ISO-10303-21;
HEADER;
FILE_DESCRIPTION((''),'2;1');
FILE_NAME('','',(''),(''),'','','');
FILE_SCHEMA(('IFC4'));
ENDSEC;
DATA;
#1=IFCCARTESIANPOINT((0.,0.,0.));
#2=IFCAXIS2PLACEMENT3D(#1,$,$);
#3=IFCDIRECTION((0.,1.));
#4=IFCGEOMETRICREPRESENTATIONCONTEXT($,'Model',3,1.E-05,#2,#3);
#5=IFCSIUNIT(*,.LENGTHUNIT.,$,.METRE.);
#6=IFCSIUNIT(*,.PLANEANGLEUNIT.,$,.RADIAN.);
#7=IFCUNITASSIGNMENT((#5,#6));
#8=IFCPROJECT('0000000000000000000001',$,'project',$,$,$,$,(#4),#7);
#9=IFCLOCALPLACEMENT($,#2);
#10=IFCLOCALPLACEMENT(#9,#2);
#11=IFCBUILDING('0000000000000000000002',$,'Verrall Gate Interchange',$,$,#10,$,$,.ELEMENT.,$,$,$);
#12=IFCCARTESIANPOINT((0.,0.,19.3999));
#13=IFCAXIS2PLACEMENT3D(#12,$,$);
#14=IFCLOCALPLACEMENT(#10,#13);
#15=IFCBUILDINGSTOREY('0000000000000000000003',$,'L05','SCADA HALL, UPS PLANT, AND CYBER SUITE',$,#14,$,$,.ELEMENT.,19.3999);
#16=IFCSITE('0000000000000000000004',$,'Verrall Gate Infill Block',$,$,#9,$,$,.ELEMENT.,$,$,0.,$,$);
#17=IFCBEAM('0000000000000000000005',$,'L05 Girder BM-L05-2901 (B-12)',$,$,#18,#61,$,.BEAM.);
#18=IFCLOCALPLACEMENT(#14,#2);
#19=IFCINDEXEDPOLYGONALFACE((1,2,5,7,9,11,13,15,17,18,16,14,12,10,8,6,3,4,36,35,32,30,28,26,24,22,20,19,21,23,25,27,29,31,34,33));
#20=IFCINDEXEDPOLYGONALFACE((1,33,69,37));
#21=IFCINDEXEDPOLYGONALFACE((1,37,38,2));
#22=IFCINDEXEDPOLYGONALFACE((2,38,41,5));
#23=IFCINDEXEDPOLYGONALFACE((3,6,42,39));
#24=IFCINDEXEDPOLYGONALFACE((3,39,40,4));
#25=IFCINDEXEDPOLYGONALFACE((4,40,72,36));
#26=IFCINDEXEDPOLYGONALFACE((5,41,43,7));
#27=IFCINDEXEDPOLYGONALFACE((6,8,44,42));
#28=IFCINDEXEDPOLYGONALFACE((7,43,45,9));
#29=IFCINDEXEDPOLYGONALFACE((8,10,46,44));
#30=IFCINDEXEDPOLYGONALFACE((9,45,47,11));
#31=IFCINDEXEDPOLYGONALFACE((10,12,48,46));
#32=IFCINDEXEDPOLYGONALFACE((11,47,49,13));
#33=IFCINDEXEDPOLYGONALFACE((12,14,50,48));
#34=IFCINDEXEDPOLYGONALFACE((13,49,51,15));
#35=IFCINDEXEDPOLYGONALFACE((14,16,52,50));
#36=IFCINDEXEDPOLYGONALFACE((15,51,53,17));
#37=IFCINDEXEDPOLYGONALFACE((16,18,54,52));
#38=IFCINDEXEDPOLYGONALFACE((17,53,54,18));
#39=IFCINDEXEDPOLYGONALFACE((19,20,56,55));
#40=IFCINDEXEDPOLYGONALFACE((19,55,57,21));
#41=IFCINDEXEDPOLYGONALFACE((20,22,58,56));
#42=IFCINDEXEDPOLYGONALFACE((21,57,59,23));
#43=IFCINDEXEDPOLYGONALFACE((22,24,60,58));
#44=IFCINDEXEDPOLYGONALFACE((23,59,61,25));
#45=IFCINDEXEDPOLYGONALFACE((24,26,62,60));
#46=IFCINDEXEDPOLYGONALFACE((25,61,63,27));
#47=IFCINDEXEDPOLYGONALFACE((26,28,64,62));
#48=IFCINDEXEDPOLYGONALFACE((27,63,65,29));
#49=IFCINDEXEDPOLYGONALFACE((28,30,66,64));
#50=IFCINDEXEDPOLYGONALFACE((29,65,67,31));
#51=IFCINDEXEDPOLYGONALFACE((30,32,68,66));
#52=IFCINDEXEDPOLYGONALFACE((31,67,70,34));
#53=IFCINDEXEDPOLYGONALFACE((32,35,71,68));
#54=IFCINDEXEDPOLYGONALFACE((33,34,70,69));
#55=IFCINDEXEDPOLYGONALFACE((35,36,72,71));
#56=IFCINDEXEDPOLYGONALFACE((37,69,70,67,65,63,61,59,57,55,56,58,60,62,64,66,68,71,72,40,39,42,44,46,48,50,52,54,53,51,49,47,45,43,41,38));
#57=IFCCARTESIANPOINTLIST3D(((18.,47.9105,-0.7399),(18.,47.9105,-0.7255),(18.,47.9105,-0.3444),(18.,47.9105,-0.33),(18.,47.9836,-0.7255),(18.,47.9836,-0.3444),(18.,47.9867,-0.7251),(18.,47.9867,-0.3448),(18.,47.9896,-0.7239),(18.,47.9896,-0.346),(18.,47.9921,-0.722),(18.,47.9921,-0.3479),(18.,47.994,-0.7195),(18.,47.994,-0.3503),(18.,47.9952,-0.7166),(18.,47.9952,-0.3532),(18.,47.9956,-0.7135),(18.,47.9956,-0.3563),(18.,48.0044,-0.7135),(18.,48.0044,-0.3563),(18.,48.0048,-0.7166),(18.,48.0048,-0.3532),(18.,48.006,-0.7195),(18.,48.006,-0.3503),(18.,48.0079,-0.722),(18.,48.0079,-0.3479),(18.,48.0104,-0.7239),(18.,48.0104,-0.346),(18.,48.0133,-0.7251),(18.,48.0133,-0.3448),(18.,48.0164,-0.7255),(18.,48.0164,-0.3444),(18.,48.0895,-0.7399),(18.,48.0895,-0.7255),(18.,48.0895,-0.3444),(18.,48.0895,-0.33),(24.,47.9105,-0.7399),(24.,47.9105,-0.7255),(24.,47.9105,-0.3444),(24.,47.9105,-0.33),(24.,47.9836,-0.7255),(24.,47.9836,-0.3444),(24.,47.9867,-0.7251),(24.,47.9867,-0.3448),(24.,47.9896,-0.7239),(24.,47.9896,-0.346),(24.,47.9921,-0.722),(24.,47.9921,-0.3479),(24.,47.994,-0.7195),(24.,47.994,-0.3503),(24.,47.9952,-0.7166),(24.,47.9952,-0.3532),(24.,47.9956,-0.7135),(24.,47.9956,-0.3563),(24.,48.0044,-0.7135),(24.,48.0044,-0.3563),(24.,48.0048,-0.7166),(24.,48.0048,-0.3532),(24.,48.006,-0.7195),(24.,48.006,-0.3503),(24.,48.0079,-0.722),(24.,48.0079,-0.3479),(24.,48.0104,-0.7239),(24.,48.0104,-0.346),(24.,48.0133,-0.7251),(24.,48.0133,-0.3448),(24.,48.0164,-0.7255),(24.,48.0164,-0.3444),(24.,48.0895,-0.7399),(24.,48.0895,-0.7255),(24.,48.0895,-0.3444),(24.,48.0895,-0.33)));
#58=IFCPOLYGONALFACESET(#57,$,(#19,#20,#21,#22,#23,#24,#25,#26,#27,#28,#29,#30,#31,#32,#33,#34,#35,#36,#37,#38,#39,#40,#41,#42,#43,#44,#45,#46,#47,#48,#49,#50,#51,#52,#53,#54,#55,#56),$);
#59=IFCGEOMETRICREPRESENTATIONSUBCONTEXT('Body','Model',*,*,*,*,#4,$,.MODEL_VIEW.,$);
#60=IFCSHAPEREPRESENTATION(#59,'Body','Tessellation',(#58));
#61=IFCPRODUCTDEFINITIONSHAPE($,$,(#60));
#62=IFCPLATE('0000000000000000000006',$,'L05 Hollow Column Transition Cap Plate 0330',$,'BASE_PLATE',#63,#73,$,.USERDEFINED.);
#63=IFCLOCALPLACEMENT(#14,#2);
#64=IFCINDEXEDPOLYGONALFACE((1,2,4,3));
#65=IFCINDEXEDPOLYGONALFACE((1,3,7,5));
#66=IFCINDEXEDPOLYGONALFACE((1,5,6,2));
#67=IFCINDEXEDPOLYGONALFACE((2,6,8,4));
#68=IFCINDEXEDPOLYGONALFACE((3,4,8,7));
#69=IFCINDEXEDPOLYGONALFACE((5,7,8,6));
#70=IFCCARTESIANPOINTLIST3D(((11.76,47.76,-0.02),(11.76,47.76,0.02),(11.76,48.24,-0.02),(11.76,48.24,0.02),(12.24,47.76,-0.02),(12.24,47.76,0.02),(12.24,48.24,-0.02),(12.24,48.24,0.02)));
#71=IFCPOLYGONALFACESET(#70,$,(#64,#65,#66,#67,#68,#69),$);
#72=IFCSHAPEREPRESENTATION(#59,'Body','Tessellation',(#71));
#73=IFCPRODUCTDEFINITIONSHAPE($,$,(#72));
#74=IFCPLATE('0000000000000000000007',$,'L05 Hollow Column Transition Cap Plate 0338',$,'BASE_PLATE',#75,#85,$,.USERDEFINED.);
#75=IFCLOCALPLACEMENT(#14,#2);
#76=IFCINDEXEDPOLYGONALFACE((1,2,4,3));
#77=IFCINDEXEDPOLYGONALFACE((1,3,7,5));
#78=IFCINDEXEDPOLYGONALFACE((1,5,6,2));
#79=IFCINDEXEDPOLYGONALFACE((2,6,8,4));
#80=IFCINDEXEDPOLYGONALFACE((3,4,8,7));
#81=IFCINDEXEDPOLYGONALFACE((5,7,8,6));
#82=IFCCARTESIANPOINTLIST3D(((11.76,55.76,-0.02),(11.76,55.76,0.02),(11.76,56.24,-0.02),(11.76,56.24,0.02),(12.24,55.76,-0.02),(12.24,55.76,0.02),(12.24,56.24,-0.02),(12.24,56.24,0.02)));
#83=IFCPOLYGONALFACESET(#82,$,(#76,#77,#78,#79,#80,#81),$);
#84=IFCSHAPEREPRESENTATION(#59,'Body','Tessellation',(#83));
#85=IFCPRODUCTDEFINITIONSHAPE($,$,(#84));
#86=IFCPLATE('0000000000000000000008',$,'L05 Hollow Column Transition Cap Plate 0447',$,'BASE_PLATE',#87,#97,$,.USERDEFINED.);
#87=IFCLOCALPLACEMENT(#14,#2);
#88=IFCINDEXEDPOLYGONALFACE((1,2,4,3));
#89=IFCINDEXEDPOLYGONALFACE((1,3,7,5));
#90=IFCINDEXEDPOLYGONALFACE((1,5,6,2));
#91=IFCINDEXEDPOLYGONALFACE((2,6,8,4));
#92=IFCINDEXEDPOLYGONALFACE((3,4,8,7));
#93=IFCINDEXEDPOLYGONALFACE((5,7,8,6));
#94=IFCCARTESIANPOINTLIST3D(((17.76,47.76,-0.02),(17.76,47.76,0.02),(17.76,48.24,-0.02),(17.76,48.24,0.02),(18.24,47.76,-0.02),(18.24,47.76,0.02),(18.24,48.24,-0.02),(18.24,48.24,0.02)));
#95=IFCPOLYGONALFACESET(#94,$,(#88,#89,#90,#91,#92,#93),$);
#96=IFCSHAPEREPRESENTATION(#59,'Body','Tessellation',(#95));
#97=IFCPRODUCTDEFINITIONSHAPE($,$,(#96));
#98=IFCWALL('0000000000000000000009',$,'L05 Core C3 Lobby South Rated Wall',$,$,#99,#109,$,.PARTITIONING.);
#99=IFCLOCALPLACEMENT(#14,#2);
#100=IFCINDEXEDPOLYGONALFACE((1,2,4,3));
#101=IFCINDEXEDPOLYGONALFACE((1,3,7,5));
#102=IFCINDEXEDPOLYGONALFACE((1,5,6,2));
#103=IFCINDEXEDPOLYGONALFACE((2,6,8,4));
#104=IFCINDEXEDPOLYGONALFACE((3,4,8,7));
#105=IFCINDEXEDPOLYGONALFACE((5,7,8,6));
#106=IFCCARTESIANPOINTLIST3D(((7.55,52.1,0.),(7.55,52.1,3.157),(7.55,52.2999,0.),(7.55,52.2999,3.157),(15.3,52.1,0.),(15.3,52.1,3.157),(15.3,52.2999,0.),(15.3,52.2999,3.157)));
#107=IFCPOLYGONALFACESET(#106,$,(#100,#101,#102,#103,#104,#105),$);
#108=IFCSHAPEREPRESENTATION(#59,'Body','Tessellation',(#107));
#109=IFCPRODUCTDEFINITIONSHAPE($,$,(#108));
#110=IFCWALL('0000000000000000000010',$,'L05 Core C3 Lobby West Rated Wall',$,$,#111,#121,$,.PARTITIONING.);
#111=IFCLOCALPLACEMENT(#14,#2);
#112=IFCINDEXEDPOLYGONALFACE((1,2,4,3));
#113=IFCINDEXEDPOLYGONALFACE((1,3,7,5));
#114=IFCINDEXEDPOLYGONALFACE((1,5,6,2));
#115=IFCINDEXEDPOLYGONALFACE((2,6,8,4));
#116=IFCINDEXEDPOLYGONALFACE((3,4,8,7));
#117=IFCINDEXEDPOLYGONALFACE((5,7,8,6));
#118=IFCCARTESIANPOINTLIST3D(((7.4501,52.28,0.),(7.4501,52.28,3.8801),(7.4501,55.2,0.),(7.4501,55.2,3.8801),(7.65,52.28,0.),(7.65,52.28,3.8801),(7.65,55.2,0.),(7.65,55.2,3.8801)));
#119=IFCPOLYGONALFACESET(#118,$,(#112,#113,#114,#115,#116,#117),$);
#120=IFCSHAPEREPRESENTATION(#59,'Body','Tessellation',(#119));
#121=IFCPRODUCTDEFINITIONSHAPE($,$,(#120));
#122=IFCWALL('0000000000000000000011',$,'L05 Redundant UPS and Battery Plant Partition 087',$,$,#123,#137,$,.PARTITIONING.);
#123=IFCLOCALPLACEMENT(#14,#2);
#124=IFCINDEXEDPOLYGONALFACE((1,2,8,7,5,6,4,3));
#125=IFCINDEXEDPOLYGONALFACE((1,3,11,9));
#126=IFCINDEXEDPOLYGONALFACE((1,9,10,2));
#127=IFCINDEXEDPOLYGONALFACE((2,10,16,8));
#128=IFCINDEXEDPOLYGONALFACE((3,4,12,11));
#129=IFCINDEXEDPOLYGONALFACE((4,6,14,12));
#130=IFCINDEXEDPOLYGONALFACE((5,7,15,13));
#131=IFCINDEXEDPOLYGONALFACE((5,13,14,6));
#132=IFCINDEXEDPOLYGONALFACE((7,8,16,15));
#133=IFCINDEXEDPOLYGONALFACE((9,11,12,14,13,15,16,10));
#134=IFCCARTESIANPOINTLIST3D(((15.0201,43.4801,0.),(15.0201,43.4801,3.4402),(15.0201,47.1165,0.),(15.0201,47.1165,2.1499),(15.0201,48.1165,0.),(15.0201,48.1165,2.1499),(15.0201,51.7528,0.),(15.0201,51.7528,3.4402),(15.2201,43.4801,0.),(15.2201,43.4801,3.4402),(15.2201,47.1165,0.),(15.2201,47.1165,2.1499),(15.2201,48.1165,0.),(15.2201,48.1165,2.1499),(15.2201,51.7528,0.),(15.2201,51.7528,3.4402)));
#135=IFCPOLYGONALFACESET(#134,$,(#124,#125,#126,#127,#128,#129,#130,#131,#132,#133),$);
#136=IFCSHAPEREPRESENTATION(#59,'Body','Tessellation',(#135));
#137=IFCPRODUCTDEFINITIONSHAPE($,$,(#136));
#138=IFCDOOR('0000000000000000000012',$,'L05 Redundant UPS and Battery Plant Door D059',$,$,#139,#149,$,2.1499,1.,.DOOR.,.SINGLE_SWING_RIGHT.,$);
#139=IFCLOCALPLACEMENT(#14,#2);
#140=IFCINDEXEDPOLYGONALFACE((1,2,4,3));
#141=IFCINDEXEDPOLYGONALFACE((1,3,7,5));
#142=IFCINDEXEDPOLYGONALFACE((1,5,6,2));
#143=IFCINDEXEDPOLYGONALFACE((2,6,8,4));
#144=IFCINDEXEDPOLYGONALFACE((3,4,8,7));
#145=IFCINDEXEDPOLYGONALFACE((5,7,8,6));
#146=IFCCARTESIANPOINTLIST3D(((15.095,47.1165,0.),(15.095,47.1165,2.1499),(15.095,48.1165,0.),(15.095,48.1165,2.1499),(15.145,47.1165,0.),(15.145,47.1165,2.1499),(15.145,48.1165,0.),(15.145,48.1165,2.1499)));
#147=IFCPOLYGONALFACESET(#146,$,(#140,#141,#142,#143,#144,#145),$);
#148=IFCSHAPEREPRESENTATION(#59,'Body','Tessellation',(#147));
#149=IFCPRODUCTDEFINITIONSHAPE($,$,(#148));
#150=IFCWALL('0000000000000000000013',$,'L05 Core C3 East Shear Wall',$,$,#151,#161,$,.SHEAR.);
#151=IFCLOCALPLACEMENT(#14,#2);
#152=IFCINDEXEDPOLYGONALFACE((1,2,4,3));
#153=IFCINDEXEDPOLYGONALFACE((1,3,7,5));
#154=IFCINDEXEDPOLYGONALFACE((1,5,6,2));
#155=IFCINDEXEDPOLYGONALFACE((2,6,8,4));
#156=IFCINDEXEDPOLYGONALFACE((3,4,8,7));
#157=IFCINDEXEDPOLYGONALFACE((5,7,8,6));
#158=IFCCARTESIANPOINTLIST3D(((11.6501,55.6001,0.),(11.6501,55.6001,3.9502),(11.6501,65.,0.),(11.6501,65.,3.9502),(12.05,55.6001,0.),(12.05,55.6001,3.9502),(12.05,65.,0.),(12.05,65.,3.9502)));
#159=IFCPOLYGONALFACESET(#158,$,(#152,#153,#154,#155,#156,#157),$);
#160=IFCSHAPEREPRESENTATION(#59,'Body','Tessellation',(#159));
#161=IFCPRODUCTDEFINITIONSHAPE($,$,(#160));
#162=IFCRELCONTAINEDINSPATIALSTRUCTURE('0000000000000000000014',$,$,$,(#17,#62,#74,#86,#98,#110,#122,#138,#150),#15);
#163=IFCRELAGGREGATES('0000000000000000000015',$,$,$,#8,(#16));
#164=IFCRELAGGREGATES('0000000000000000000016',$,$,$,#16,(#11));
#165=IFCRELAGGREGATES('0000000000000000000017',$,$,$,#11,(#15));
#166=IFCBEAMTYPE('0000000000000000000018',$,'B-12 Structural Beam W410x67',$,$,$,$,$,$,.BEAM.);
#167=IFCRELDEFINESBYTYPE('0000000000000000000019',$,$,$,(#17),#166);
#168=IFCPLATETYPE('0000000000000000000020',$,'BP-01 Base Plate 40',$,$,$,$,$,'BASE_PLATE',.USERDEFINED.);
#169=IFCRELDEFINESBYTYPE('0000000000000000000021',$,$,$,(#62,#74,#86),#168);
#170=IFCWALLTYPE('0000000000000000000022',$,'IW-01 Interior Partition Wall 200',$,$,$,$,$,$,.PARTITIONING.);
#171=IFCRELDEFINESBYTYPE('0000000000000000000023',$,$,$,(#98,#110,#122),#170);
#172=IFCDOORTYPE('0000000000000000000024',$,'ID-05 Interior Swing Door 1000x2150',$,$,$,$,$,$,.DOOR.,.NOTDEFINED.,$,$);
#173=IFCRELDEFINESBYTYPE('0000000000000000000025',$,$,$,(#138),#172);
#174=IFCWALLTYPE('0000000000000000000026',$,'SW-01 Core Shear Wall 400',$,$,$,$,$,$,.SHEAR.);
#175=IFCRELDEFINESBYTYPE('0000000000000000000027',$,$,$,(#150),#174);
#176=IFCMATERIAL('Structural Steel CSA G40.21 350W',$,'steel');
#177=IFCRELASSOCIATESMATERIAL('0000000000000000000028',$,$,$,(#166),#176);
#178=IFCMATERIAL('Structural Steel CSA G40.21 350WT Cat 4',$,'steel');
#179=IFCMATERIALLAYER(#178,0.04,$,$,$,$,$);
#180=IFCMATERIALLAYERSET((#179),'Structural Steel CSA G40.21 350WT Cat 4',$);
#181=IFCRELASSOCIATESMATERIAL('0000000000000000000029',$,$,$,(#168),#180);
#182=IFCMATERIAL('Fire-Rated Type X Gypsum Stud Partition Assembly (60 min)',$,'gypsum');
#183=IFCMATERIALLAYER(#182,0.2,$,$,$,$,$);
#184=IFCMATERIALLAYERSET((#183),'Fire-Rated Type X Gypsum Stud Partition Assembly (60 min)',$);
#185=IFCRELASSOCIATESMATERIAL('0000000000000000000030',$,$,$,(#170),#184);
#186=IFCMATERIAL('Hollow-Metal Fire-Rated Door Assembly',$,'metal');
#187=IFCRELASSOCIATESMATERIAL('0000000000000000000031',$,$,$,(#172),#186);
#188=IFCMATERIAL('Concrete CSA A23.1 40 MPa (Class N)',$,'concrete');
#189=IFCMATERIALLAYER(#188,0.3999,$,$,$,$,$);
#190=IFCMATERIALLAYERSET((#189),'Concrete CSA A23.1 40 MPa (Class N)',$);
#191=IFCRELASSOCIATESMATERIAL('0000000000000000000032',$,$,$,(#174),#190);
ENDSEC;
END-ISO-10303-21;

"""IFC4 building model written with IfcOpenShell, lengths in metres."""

from ifc_helpers import new_model, si_unit, direction, frame, frame_2d, origin, origin_2d, place, context, subcontext, project, spatial, rectangle, i_section, extrude, material, layer, layer_set, material_profile, profile_set, type_object, element, fill, save


model = new_model("IFC4")

# Units and contexts
model_context = context("Model", 3, precision=1e-05, world=origin(), true_north=direction((0.0, 1.0)))
body_context = subcontext(model_context, "Body", "Model", "MODEL_VIEW")
ifc_project = project(units=[si_unit("LENGTHUNIT", "METRE"), si_unit("PLANEANGLEUNIT", "RADIAN")], contexts=[model_context])

# Site, building, storey
site_placement = place(None, origin())
site = spatial("IfcSite", under=ifc_project, at=site_placement, Name="Verrall Gate Infill Block", CompositionType="ELEMENT", RefElevation=0.0)
building_placement = place(site_placement, origin())
building = spatial("IfcBuilding", under=site, at=building_placement, Name="Verrall Gate Interchange", CompositionType="ELEMENT")
storey_placement = place(building_placement, frame((0.0, 0.0, 19.3999)))
storey = spatial("IfcBuildingStorey", under=building, at=storey_placement, Name="L05", Description="SCADA HALL, UPS PLANT, AND CYBER SUITE", CompositionType="ELEMENT", Elevation=19.3999)

# Beam
ifc_material_1 = material(Name="Structural Steel CSA G40.21 350W", Category="steel")
ifc_material_profile_1 = material_profile(ifc_material_1, i_section(OverallWidth=0.179, OverallDepth=0.4099, WebThickness=0.0088, FlangeThickness=0.0144, FilletRadius=0.012, at=origin_2d()), Name="W410x67")
ifc_profile_set_1 = profile_set([ifc_material_profile_1], Name="Structural Steel CSA G40.21 350W")
beam_type_1 = type_object("IfcBeamType", Name="B-12 Structural Beam W410x67", PredefinedType="BEAM", material=ifc_profile_set_1)
beam_1_placement = place(storey_placement, frame((18.0, 48.0, -0.5349), z_axis=(1.0, 0.0, 0.0), x_axis=(0.0, 1.0, 0.0)))
element("IfcBeam", 1, at=beam_1_placement, inside=storey, type_object=beam_type_1, Name="L05 Girder BM-L05-2901 (B-12)", PredefinedType="BEAM", context=body_context, shape_type="SweptSolid", body=[
    extrude(i_section(OverallWidth=0.179, OverallDepth=0.4099, WebThickness=0.0088, FlangeThickness=0.0144, FilletRadius=0.012, at=origin_2d()), origin(), (0.0, 0.0, 1.0), 6.0),
])

# Plates
ifc_material_2 = material(Name="Structural Steel CSA G40.21 350WT Cat 4", Category="steel")
ifc_layer_1 = layer(ifc_material_2, 0.04)
ifc_layer_set_1 = layer_set([ifc_layer_1], Name="Structural Steel CSA G40.21 350WT Cat 4")
plate_type = type_object("IfcPlateType", Name="BP-01 Base Plate 40", ElementType="BASE_PLATE", PredefinedType="USERDEFINED", material=ifc_layer_set_1)
for number, where, z_axis, x_axis, name in (
    (2, (12.0, 48.0, -0.02), (0.0, 0.0, 1.0), (1.0, 0.0, 0.0), "L05 Hollow Column Transition Cap Plate 0330"),
    (3, (12.0, 56.0, -0.02), (0.0, 0.0, 1.0), (1.0, 0.0, 0.0), "L05 Hollow Column Transition Cap Plate 0338"),
    (4, (18.0, 48.0, -0.02), (0.0, 0.0, 1.0), (1.0, 0.0, 0.0), "L05 Hollow Column Transition Cap Plate 0447"),
):
    element("IfcPlate", number, at=place(storey_placement, frame(where, z_axis=z_axis, x_axis=x_axis)), inside=storey, type_object=plate_type, Name=name, ObjectType="BASE_PLATE", PredefinedType="USERDEFINED", context=body_context, shape_type="SweptSolid", body=[
        extrude(rectangle(XDim=0.48, YDim=0.48, at=origin_2d()), origin(), (0.0, 0.0, 1.0), 0.04),
    ])

# Walls
ifc_material_3 = material(Name="Fire-Rated Type X Gypsum Stud Partition Assembly (60 min)", Category="gypsum")
ifc_layer_2 = layer(ifc_material_3, 0.2)
ifc_layer_set_2 = layer_set([ifc_layer_2], Name="Fire-Rated Type X Gypsum Stud Partition Assembly (60 min)")
wall_type_1 = type_object("IfcWallType", Name="IW-01 Interior Partition Wall 200", PredefinedType="PARTITIONING", material=ifc_layer_set_2)
wall_1_placement = place(storey_placement, frame((7.55, 52.2, 0.0), z_axis=(0.0, 0.0, 1.0), x_axis=(1.0, 0.0, 0.0)))
element("IfcWall", 5, at=wall_1_placement, inside=storey, type_object=wall_type_1, Name="L05 Core C3 Lobby South Rated Wall", PredefinedType="PARTITIONING", context=body_context, shape_type="SweptSolid", body=[
    extrude(rectangle(XDim=7.75, YDim=0.2, at=frame_2d((3.875, 0.0))), origin(), (0.0, 0.0, 1.0), 3.157),
])
wall_2_placement = place(storey_placement, frame((7.55, 55.2, 0.0), z_axis=(0.0, 0.0, 1.0), x_axis=(0.0, -1.0, 0.0)))
element("IfcWall", 6, at=wall_2_placement, inside=storey, type_object=wall_type_1, Name="L05 Core C3 Lobby West Rated Wall", PredefinedType="PARTITIONING", context=body_context, shape_type="SweptSolid", body=[
    extrude(rectangle(XDim=2.9199, YDim=0.2, at=frame_2d((1.46, 0.0))), origin(), (0.0, 0.0, 1.0), 3.8801),
])

# Wall, opening, door
wall_3_placement = place(storey_placement, frame((15.1201, 51.7527, 0.0), z_axis=(0.0, 0.0, 1.0), x_axis=(0.0, -1.0, 0.0)))
wall_3 = element("IfcWall", 7, at=wall_3_placement, inside=storey, type_object=wall_type_1, Name="L05 Redundant UPS and Battery Plant Partition 087", PredefinedType="PARTITIONING", context=body_context, shape_type="SweptSolid", body=[
    extrude(rectangle(XDim=8.2727, YDim=0.2, at=frame_2d((4.1362, 0.0))), origin(), (0.0, 0.0, 1.0), 3.4402),
])
opening_1_placement = place(wall_3_placement, frame((3.6362, 0.0, 0.0)))
opening_1 = element("IfcOpeningElement", 8, at=opening_1_placement, cuts=wall_3, PredefinedType="OPENING", context=body_context, shape_type="SweptSolid", body=[
    extrude(rectangle(XDim=1.0, YDim=2.1499, at=frame_2d((0.5, 1.075))), frame((0.0, 0.1147, 0.0), z_axis=(0.0, -1.0, 0.0), x_axis=(1.0, 0.0, 0.0)), (0.0, 0.0, 1.0), 0.2297),
])
ifc_material_4 = material(Name="Hollow-Metal Fire-Rated Door Assembly", Category="metal")
door_type_1 = type_object("IfcDoorType", Name="ID-05 Interior Swing Door 1000x2150", OperationType="NOTDEFINED", PredefinedType="DOOR", material=ifc_material_4)
door_1_placement = place(opening_1_placement, origin())
door_1 = element("IfcDoor", 9, at=door_1_placement, inside=storey, type_object=door_type_1, Name="L05 Redundant UPS and Battery Plant Door D059", OperationType="SINGLE_SWING_RIGHT", OverallHeight=2.1499, OverallWidth=1.0, PredefinedType="DOOR", context=body_context, shape_type="SweptSolid", body=[
    extrude(rectangle(XDim=1.0, YDim=2.1499, at=frame_2d((0.5, 1.075))), frame((0.0, 0.0249, 0.0), z_axis=(0.0, -1.0, 0.0), x_axis=(1.0, 0.0, 0.0)), (0.0, 0.0, 1.0), 0.05),
])
fill(opening_1, door_1)

# Wall
ifc_material_5 = material(Name="Concrete CSA A23.1 40 MPa (Class N)", Category="concrete")
ifc_layer_3 = layer(ifc_material_5, 0.3999)
ifc_layer_set_3 = layer_set([ifc_layer_3], Name="Concrete CSA A23.1 40 MPa (Class N)")
wall_type_2 = type_object("IfcWallType", Name="SW-01 Core Shear Wall 400", PredefinedType="SHEAR", material=ifc_layer_set_3)
wall_4_placement = place(storey_placement, frame((11.8501, 55.6001, 0.0), z_axis=(0.0, 0.0, 1.0), x_axis=(0.0, 1.0, 0.0)))
element("IfcWall", 10, at=wall_4_placement, inside=storey, type_object=wall_type_2, Name="L05 Core C3 East Shear Wall", PredefinedType="SHEAR", context=body_context, shape_type="SweptSolid", body=[
    extrude(rectangle(XDim=9.3999, YDim=0.3999, at=frame_2d((4.7, 0.0))), origin(), (0.0, 0.0, 1.0), 3.9502),
])

save(model, "model.ifc")
